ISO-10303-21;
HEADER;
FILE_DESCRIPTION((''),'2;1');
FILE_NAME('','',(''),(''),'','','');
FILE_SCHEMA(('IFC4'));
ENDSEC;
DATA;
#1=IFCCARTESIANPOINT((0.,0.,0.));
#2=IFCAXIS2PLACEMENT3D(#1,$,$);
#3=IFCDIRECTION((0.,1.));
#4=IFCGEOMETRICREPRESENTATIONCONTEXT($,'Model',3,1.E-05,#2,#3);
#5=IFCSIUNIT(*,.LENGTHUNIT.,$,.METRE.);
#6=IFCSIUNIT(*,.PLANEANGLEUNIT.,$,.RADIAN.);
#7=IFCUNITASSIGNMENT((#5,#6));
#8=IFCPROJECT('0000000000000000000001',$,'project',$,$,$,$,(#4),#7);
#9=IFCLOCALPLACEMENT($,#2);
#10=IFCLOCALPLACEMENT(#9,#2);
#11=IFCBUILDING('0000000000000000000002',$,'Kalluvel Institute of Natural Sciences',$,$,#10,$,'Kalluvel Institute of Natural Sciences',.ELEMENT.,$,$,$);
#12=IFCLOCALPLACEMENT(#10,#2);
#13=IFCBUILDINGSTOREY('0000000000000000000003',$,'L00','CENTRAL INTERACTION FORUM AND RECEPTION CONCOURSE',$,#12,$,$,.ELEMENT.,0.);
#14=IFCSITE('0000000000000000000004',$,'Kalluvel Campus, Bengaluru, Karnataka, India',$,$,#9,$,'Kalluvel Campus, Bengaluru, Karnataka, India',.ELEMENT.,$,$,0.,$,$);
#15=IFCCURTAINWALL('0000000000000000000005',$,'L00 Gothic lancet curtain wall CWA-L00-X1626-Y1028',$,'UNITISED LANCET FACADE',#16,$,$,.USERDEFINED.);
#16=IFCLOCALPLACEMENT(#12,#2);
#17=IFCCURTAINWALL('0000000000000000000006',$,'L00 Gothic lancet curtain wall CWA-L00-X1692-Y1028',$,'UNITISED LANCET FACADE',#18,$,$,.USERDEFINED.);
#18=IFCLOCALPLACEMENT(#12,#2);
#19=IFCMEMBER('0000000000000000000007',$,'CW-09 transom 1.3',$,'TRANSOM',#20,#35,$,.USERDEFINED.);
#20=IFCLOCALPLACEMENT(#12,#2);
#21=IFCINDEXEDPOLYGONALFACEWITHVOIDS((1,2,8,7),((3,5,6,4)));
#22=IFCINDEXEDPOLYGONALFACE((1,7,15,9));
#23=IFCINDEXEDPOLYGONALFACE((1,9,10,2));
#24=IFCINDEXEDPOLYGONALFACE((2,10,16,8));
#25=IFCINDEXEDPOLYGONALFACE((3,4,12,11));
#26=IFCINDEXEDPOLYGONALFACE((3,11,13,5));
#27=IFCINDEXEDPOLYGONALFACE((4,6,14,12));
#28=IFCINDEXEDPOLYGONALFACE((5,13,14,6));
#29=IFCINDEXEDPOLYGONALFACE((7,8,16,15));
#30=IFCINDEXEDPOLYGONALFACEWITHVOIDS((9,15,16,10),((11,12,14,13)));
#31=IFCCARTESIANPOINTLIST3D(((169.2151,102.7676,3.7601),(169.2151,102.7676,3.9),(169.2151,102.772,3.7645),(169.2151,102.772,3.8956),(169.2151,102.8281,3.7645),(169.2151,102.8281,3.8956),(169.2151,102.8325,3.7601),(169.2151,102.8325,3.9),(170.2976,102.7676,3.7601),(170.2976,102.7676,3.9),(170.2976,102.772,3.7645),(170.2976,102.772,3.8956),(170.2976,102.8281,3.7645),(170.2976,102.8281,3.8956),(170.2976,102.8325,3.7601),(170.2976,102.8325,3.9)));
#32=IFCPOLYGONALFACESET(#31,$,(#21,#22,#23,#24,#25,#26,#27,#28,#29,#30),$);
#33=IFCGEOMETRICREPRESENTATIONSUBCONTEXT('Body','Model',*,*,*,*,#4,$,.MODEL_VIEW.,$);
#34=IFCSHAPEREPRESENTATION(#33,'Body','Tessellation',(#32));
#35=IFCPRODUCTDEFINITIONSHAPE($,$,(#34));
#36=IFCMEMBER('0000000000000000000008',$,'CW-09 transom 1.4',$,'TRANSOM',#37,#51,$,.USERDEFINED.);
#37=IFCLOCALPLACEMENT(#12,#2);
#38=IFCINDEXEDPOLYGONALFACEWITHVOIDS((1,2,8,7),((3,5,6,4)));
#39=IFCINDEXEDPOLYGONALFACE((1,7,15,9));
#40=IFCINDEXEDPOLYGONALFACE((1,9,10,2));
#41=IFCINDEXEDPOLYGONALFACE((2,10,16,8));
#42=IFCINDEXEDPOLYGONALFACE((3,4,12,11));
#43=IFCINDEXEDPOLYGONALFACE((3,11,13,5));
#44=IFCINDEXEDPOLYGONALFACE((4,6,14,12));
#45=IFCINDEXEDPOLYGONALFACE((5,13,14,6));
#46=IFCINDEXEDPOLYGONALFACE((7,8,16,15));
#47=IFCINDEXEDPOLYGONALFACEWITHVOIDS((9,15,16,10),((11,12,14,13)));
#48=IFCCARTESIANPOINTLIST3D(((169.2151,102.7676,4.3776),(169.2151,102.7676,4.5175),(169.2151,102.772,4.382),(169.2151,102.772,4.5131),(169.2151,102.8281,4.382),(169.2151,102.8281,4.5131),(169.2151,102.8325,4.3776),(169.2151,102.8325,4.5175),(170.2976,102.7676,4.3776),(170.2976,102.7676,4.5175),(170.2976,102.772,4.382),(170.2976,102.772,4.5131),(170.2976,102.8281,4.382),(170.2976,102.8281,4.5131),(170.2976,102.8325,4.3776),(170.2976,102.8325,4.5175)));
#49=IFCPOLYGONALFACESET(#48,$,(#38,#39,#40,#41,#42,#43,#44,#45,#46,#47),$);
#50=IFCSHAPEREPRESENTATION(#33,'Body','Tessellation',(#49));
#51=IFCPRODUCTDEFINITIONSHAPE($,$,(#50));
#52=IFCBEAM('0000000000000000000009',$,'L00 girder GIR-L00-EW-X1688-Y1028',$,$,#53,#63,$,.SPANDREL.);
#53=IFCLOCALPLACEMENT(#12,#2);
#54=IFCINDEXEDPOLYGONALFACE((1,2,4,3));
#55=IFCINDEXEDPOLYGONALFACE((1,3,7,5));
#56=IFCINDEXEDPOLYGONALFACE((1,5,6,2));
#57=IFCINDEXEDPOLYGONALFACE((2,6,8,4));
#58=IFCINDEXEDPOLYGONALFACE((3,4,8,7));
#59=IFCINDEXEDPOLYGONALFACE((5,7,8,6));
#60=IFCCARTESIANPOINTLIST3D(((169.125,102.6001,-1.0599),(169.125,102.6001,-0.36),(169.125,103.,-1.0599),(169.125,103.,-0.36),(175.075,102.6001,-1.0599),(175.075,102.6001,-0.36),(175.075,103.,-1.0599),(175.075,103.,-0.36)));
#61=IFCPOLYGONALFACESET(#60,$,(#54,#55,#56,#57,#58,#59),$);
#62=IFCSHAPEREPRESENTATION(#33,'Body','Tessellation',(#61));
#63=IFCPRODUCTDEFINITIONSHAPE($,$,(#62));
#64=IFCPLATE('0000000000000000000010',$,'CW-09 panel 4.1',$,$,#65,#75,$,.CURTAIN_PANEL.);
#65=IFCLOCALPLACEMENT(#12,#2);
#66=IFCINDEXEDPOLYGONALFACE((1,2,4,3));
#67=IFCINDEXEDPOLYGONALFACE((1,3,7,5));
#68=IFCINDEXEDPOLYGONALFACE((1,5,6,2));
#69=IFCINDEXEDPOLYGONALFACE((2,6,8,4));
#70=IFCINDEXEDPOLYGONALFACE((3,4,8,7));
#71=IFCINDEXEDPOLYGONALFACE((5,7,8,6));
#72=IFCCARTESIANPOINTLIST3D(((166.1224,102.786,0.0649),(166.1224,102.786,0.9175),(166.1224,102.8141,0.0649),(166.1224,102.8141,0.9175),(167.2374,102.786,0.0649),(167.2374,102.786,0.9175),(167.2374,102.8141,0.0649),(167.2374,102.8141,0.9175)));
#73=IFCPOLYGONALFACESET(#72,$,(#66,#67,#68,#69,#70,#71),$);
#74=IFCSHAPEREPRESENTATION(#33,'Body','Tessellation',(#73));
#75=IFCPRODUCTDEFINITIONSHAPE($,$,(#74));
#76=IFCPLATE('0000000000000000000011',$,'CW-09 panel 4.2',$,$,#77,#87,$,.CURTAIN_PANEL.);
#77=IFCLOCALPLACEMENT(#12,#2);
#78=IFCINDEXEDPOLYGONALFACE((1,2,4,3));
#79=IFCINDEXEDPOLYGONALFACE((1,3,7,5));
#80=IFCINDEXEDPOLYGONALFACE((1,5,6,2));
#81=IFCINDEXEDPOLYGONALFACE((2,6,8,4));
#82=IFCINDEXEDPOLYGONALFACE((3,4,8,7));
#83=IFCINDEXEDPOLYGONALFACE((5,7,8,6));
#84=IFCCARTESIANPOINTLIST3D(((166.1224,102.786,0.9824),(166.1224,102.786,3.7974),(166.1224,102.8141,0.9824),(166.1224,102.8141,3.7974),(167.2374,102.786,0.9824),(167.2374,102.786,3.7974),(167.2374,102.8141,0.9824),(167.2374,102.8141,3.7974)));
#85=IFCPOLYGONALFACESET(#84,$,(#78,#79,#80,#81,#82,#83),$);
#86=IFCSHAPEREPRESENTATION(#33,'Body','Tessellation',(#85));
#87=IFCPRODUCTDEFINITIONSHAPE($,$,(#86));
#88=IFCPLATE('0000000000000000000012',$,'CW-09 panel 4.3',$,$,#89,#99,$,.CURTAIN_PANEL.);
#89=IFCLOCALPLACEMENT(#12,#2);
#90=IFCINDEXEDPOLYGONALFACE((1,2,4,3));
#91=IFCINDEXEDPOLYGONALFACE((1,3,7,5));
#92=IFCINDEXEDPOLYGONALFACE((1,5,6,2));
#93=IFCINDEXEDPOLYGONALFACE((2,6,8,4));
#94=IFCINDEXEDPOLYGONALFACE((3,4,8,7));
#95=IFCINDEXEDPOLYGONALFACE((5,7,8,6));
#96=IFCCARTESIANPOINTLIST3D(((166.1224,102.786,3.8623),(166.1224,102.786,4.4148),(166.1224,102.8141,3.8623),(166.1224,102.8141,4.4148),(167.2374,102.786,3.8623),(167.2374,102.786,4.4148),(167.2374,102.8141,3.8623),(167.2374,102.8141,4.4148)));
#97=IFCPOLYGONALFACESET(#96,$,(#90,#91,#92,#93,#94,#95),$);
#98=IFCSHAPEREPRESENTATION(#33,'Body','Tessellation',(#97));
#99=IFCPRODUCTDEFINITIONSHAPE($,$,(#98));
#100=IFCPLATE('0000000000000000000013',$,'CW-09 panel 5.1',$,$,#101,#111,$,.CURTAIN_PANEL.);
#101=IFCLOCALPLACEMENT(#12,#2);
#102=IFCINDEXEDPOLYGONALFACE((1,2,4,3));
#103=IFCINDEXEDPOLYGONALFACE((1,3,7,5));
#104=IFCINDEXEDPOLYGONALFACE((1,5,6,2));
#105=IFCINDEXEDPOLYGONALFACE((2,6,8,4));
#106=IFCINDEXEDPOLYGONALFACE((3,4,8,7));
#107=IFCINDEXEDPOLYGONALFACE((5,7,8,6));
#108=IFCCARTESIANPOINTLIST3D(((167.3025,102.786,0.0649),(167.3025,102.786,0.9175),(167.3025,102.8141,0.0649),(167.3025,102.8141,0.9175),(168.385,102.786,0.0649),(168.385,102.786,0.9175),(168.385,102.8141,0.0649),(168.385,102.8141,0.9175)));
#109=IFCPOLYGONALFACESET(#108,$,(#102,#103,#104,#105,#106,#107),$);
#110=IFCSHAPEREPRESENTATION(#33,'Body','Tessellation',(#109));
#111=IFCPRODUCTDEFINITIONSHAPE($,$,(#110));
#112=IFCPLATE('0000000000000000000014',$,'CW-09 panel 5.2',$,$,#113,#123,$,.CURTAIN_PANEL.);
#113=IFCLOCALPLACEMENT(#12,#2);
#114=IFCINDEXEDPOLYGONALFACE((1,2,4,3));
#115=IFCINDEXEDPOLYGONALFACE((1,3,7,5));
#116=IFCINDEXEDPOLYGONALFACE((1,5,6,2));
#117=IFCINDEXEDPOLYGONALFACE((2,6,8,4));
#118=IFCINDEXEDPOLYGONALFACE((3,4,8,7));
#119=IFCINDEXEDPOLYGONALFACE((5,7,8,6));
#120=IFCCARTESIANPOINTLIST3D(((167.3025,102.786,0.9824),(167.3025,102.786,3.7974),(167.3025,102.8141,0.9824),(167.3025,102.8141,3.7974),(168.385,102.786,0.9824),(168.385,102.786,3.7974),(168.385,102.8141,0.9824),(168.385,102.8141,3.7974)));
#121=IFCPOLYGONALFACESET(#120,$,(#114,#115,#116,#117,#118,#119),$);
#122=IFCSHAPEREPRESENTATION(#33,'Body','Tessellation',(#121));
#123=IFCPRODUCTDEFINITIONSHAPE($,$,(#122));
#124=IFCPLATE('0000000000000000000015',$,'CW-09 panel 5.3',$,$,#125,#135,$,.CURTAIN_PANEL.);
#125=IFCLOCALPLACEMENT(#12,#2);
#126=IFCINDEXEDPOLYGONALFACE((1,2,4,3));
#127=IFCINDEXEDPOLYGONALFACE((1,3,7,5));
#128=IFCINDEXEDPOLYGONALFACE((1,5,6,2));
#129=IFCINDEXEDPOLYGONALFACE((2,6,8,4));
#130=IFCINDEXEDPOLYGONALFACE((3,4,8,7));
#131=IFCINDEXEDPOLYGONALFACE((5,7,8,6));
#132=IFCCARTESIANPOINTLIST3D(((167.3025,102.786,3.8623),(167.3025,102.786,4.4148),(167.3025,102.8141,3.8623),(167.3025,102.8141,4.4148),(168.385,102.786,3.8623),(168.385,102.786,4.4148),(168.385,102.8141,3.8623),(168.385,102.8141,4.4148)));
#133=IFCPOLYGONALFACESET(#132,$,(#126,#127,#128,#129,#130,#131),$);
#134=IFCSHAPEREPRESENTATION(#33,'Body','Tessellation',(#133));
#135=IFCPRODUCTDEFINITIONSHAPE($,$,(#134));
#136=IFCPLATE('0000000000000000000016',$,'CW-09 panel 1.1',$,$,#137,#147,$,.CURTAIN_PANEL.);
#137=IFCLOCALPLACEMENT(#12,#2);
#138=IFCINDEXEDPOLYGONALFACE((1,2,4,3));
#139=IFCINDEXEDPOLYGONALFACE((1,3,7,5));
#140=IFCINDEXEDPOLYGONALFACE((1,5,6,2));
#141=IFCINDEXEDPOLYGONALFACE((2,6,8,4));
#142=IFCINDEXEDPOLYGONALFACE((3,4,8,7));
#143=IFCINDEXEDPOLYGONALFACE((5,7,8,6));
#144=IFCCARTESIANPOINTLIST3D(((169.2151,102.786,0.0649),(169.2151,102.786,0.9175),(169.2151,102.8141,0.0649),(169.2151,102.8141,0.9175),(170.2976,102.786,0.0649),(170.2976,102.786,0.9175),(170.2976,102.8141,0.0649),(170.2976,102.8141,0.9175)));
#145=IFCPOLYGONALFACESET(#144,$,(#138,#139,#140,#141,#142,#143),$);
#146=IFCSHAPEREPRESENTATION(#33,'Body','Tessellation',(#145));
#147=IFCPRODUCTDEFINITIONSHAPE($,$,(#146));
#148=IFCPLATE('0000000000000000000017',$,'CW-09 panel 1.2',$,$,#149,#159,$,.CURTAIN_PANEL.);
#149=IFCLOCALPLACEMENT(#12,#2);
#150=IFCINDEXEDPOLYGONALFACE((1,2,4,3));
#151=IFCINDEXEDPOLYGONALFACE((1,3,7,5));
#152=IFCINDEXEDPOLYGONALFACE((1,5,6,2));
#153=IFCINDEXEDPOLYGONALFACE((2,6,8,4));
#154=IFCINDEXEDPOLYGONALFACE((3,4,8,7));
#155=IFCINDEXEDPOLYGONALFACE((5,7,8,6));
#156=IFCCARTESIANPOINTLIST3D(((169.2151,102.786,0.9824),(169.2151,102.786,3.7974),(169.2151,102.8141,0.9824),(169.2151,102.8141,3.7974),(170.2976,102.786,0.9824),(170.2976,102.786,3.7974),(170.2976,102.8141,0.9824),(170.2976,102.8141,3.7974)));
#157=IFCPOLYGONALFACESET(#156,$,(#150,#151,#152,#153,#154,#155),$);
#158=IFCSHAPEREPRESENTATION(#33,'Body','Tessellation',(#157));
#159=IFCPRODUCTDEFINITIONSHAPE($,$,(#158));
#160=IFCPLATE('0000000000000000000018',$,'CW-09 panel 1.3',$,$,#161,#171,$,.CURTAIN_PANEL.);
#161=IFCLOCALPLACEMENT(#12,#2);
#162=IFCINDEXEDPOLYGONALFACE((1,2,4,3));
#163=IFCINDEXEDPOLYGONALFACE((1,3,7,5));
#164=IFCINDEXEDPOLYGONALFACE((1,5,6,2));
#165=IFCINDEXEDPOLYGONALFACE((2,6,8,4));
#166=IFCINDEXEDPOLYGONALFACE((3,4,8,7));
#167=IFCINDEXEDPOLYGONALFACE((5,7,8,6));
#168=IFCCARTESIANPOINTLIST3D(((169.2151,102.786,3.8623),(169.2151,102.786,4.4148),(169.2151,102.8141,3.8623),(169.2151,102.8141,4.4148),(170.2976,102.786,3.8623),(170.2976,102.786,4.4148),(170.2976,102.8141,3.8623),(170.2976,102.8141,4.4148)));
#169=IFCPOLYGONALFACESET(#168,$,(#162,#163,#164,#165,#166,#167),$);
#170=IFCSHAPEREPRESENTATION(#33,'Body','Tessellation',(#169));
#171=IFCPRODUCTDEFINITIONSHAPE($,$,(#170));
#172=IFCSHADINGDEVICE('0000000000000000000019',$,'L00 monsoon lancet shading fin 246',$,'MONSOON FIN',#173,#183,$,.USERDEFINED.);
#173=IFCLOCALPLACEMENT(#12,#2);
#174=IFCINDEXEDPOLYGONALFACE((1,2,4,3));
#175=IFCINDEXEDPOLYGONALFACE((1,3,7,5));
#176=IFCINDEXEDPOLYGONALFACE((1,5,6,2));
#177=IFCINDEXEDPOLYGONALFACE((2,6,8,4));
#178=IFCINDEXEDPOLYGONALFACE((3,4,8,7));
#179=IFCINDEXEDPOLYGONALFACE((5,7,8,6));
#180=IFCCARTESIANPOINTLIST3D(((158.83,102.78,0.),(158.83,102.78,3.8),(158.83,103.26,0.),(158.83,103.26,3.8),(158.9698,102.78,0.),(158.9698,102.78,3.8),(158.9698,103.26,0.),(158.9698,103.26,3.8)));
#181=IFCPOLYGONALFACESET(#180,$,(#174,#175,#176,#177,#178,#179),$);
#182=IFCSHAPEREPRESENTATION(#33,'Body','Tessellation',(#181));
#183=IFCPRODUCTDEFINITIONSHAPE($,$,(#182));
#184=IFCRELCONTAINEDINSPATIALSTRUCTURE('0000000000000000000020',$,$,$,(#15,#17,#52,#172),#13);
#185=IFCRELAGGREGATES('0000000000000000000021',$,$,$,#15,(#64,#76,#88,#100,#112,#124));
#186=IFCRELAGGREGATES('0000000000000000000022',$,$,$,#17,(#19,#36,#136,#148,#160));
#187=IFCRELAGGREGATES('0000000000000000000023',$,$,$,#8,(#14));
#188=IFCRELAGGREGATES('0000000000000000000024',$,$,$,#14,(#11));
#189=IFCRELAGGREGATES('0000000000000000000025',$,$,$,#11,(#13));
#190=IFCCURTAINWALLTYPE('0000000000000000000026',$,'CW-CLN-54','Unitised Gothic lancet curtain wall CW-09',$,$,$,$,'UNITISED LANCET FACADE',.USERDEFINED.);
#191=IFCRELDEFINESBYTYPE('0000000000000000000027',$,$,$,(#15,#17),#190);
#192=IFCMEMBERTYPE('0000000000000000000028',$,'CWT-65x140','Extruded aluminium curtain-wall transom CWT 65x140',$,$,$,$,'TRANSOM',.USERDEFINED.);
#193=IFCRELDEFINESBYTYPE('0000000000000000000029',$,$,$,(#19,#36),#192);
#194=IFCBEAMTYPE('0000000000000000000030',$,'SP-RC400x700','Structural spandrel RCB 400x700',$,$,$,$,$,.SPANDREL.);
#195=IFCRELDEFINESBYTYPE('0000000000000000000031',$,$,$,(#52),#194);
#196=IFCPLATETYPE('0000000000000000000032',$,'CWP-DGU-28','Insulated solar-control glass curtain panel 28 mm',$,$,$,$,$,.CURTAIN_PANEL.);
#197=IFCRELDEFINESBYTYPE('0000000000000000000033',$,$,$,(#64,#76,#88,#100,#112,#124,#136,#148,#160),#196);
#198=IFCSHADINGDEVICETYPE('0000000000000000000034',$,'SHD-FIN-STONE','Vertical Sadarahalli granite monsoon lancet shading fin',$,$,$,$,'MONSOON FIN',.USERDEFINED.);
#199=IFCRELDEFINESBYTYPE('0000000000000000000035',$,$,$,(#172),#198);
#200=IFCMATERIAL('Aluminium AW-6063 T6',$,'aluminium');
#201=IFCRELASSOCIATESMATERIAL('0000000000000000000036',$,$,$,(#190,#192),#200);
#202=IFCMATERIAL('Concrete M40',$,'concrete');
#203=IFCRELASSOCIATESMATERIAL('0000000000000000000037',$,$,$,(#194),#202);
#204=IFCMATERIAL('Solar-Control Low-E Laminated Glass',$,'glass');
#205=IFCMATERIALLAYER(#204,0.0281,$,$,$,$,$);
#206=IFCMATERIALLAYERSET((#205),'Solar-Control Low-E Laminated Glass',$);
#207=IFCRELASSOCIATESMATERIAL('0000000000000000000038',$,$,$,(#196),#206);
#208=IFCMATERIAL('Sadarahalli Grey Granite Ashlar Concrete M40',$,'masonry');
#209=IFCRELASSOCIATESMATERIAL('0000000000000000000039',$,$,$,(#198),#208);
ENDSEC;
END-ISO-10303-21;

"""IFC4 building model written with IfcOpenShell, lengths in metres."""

from ifc_helpers import new_model, si_unit, direction, frame, origin, origin_2d, place, context, subcontext, project, spatial, rectangle, hollow_rectangle, extrude, material, layer, layer_set, material_profile, profile_set, type_object, element, aggregate, save


model = new_model("IFC4")

# Units and contexts
model_context = context("Model", 3, precision=1e-05, world=origin(), true_north=direction((0.0, 1.0)))
body_context = subcontext(model_context, "Body", "Model", "MODEL_VIEW")
ifc_project = project(units=[si_unit("LENGTHUNIT", "METRE"), si_unit("PLANEANGLEUNIT", "RADIAN")], contexts=[model_context])

# Site, building, storey
site_placement = place(None, origin())
site = spatial("IfcSite", under=ifc_project, at=site_placement, Name="Kalluvel Campus, Bengaluru, Karnataka, India", LongName="Kalluvel Campus, Bengaluru, Karnataka, India", CompositionType="ELEMENT", RefElevation=0.0)
building_placement = place(site_placement, origin())
building = spatial("IfcBuilding", under=site, at=building_placement, Name="Kalluvel Institute of Natural Sciences", LongName="Kalluvel Institute of Natural Sciences", CompositionType="ELEMENT")
storey_placement = place(building_placement, origin())
storey = spatial("IfcBuildingStorey", under=building, at=storey_placement, Name="L00", Description="CENTRAL INTERACTION FORUM AND RECEPTION CONCOURSE", CompositionType="ELEMENT", Elevation=0.0)

# Shared definitions
ifc_material_1 = material(Name="Concrete M40", Category="concrete")

# Curtain wall
ifc_material_2 = material(Name="Aluminium AW-6063 T6", Category="aluminium")
curtain_wall_type = type_object("IfcCurtainWallType", Name="CW-CLN-54", Description="Unitised Gothic lancet curtain wall CW-09", ElementType="UNITISED LANCET FACADE", PredefinedType="USERDEFINED", material=ifc_material_2)
curtain_wall_1_placement = place(storey_placement, origin())
curtain_wall_1 = element("IfcCurtainWall", 1, at=curtain_wall_1_placement, inside=storey, type_object=curtain_wall_type, Name="L00 Gothic lancet curtain wall CWA-L00-X1626-Y1028", ObjectType="UNITISED LANCET FACADE", PredefinedType="USERDEFINED")

# Curtain wall
curtain_wall_2_placement = place(storey_placement, origin())
curtain_wall_2 = element("IfcCurtainWall", 2, at=curtain_wall_2_placement, inside=storey, type_object=curtain_wall_type, Name="L00 Gothic lancet curtain wall CWA-L00-X1692-Y1028", ObjectType="UNITISED LANCET FACADE", PredefinedType="USERDEFINED")

# Members
ifc_material_profile_1 = material_profile(ifc_material_2, hollow_rectangle(XDim=0.0649, YDim=0.1399, WallThickness=0.0044, at=origin_2d()), Name="CWT 65x140")
ifc_profile_set_1 = profile_set([ifc_material_profile_1], Name="Aluminium AW-6063 T6")
member_type_1 = type_object("IfcMemberType", Name="CWT-65x140", Description="Extruded aluminium curtain-wall transom CWT 65x140", ElementType="TRANSOM", PredefinedType="USERDEFINED", material=ifc_profile_set_1)
member_1_placement = place(storey_placement, frame((169.2151, 102.8, 3.8301), z_axis=(1.0, 0.0, 0.0), x_axis=(0.0, 1.0, 0.0)))
member_1 = element("IfcMember", 3, at=member_1_placement, type_object=member_type_1, Name="CW-09 transom 1.3", ObjectType="TRANSOM", PredefinedType="USERDEFINED", context=body_context, shape_type="SweptSolid", body=[
    extrude(hollow_rectangle(XDim=0.0649, YDim=0.1399, WallThickness=0.0044, at=origin_2d()), origin(), (0.0, 0.0, 1.0), 1.0825),
])
member_2_placement = place(storey_placement, frame((169.2151, 102.8, 4.4475), z_axis=(1.0, 0.0, 0.0), x_axis=(0.0, 1.0, 0.0)))
member_2 = element("IfcMember", 4, at=member_2_placement, type_object=member_type_1, Name="CW-09 transom 1.4", ObjectType="TRANSOM", PredefinedType="USERDEFINED", context=body_context, shape_type="SweptSolid", body=[
    extrude(hollow_rectangle(XDim=0.0649, YDim=0.1399, WallThickness=0.0044, at=origin_2d()), origin(), (0.0, 0.0, 1.0), 1.0825),
])

# Beam
ifc_material_profile_2 = material_profile(ifc_material_1, rectangle(XDim=0.3999, YDim=0.7, at=origin_2d()), Name="RCB 400x700")
ifc_profile_set_2 = profile_set([ifc_material_profile_2], Name="Concrete M40")
beam_type = type_object("IfcBeamType", Name="SP-RC400x700", Description="Structural spandrel RCB 400x700", PredefinedType="SPANDREL", material=ifc_profile_set_2)
beam_placement = place(storey_placement, frame((169.125, 102.8, -0.71), z_axis=(1.0, 0.0, 0.0), x_axis=(0.0, 1.0, 0.0)))
element("IfcBeam", 5, at=beam_placement, inside=storey, type_object=beam_type, Name="L00 girder GIR-L00-EW-X1688-Y1028", PredefinedType="SPANDREL", context=body_context, shape_type="SweptSolid", body=[
    extrude(rectangle(XDim=0.3999, YDim=0.7, at=origin_2d()), origin(), (0.0, 0.0, 1.0), 5.95),
])

# Plates
ifc_material_3 = material(Name="Solar-Control Low-E Laminated Glass", Category="glass")
ifc_layer = layer(ifc_material_3, 0.0281)
ifc_layer_set = layer_set([ifc_layer], Name="Solar-Control Low-E Laminated Glass")
plate_type = type_object("IfcPlateType", Name="CWP-DGU-28", Description="Insulated solar-control glass curtain panel 28 mm", PredefinedType="CURTAIN_PANEL", material=ifc_layer_set)
plate_1_placement = place(storey_placement, frame((166.6799, 102.8, 0.0649), z_axis=(0.0, 0.0, 1.0), x_axis=(1.0, 0.0, 0.0)))
plate_1 = element("IfcPlate", 6, at=plate_1_placement, type_object=plate_type, Name="CW-09 panel 4.1", PredefinedType="CURTAIN_PANEL", context=body_context, shape_type="SweptSolid", body=[
    extrude(rectangle(XDim=1.115, YDim=0.0281, at=origin_2d()), origin(), (0.0, 0.0, 1.0), 0.8525),
])
plate_2_placement = place(storey_placement, frame((166.6799, 102.8, 0.9824), z_axis=(0.0, 0.0, 1.0), x_axis=(1.0, 0.0, 0.0)))
plate_2 = element("IfcPlate", 7, at=plate_2_placement, type_object=plate_type, Name="CW-09 panel 4.2", PredefinedType="CURTAIN_PANEL", context=body_context, shape_type="SweptSolid", body=[
    extrude(rectangle(XDim=1.115, YDim=0.0281, at=origin_2d()), origin(), (0.0, 0.0, 1.0), 2.8149),
])
plate_3_placement = place(storey_placement, frame((166.6799, 102.8, 3.8623), z_axis=(0.0, 0.0, 1.0), x_axis=(1.0, 0.0, 0.0)))
plate_3 = element("IfcPlate", 8, at=plate_3_placement, type_object=plate_type, Name="CW-09 panel 4.3", PredefinedType="CURTAIN_PANEL", context=body_context, shape_type="SweptSolid", body=[
    extrude(rectangle(XDim=1.115, YDim=0.0281, at=origin_2d()), origin(), (0.0, 0.0, 1.0), 0.5525),
])
plate_4_placement = place(storey_placement, frame((167.8438, 102.8, 0.0649), z_axis=(0.0, 0.0, 1.0), x_axis=(1.0, 0.0, 0.0)))
plate_4 = element("IfcPlate", 9, at=plate_4_placement, type_object=plate_type, Name="CW-09 panel 5.1", PredefinedType="CURTAIN_PANEL", context=body_context, shape_type="SweptSolid", body=[
    extrude(rectangle(XDim=1.0825, YDim=0.0281, at=origin_2d()), origin(), (0.0, 0.0, 1.0), 0.8525),
])
plate_5_placement = place(storey_placement, frame((167.8438, 102.8, 0.9824), z_axis=(0.0, 0.0, 1.0), x_axis=(1.0, 0.0, 0.0)))
plate_5 = element("IfcPlate", 10, at=plate_5_placement, type_object=plate_type, Name="CW-09 panel 5.2", PredefinedType="CURTAIN_PANEL", context=body_context, shape_type="SweptSolid", body=[
    extrude(rectangle(XDim=1.0825, YDim=0.0281, at=origin_2d()), origin(), (0.0, 0.0, 1.0), 2.8149),
])
plate_6_placement = place(storey_placement, frame((167.8438, 102.8, 3.8623), z_axis=(0.0, 0.0, 1.0), x_axis=(1.0, 0.0, 0.0)))
plate_6 = element("IfcPlate", 11, at=plate_6_placement, type_object=plate_type, Name="CW-09 panel 5.3", PredefinedType="CURTAIN_PANEL", context=body_context, shape_type="SweptSolid", body=[
    extrude(rectangle(XDim=1.0825, YDim=0.0281, at=origin_2d()), origin(), (0.0, 0.0, 1.0), 0.5525),
])
aggregate(curtain_wall_1, [plate_1, plate_2, plate_3, plate_4, plate_5, plate_6])
plate_7_placement = place(storey_placement, frame((169.7563, 102.8, 0.0649), z_axis=(0.0, 0.0, 1.0), x_axis=(1.0, 0.0, 0.0)))
plate_7 = element("IfcPlate", 12, at=plate_7_placement, type_object=plate_type, Name="CW-09 panel 1.1", PredefinedType="CURTAIN_PANEL", context=body_context, shape_type="SweptSolid", body=[
    extrude(rectangle(XDim=1.0825, YDim=0.0281, at=origin_2d()), origin(), (0.0, 0.0, 1.0), 0.8525),
])
plate_8_placement = place(storey_placement, frame((169.7563, 102.8, 0.9824), z_axis=(0.0, 0.0, 1.0), x_axis=(1.0, 0.0, 0.0)))
plate_8 = element("IfcPlate", 13, at=plate_8_placement, type_object=plate_type, Name="CW-09 panel 1.2", PredefinedType="CURTAIN_PANEL", context=body_context, shape_type="SweptSolid", body=[
    extrude(rectangle(XDim=1.0825, YDim=0.0281, at=origin_2d()), origin(), (0.0, 0.0, 1.0), 2.8149),
])
plate_9_placement = place(storey_placement, frame((169.7563, 102.8, 3.8623), z_axis=(0.0, 0.0, 1.0), x_axis=(1.0, 0.0, 0.0)))
plate_9 = element("IfcPlate", 14, at=plate_9_placement, type_object=plate_type, Name="CW-09 panel 1.3", PredefinedType="CURTAIN_PANEL", context=body_context, shape_type="SweptSolid", body=[
    extrude(rectangle(XDim=1.0825, YDim=0.0281, at=origin_2d()), origin(), (0.0, 0.0, 1.0), 0.5525),
])
aggregate(curtain_wall_2, [member_1, member_2, plate_7, plate_8, plate_9])

# Shading device
ifc_material_4 = material(Name="Sadarahalli Grey Granite Ashlar Concrete M40", Category="masonry")
shading_device_type = type_object("IfcShadingDeviceType", Name="SHD-FIN-STONE", Description="Vertical Sadarahalli granite monsoon lancet shading fin", ElementType="MONSOON FIN", PredefinedType="USERDEFINED", material=ifc_material_4)
shading_device_placement = place(storey_placement, frame((158.8999, 103.02, 0.0), z_axis=(0.0, 0.0, 1.0), x_axis=(1.0, 0.0, 0.0)))
element("IfcShadingDevice", 15, at=shading_device_placement, inside=storey, type_object=shading_device_type, Name="L00 monsoon lancet shading fin 246", ObjectType="MONSOON FIN", PredefinedType="USERDEFINED", context=body_context, shape_type="SweptSolid", body=[
    extrude(rectangle(XDim=0.1399, YDim=0.48, at=origin_2d()), origin(), (0.0, 0.0, 1.0), 3.8),
])

save(model, "model.ifc")
